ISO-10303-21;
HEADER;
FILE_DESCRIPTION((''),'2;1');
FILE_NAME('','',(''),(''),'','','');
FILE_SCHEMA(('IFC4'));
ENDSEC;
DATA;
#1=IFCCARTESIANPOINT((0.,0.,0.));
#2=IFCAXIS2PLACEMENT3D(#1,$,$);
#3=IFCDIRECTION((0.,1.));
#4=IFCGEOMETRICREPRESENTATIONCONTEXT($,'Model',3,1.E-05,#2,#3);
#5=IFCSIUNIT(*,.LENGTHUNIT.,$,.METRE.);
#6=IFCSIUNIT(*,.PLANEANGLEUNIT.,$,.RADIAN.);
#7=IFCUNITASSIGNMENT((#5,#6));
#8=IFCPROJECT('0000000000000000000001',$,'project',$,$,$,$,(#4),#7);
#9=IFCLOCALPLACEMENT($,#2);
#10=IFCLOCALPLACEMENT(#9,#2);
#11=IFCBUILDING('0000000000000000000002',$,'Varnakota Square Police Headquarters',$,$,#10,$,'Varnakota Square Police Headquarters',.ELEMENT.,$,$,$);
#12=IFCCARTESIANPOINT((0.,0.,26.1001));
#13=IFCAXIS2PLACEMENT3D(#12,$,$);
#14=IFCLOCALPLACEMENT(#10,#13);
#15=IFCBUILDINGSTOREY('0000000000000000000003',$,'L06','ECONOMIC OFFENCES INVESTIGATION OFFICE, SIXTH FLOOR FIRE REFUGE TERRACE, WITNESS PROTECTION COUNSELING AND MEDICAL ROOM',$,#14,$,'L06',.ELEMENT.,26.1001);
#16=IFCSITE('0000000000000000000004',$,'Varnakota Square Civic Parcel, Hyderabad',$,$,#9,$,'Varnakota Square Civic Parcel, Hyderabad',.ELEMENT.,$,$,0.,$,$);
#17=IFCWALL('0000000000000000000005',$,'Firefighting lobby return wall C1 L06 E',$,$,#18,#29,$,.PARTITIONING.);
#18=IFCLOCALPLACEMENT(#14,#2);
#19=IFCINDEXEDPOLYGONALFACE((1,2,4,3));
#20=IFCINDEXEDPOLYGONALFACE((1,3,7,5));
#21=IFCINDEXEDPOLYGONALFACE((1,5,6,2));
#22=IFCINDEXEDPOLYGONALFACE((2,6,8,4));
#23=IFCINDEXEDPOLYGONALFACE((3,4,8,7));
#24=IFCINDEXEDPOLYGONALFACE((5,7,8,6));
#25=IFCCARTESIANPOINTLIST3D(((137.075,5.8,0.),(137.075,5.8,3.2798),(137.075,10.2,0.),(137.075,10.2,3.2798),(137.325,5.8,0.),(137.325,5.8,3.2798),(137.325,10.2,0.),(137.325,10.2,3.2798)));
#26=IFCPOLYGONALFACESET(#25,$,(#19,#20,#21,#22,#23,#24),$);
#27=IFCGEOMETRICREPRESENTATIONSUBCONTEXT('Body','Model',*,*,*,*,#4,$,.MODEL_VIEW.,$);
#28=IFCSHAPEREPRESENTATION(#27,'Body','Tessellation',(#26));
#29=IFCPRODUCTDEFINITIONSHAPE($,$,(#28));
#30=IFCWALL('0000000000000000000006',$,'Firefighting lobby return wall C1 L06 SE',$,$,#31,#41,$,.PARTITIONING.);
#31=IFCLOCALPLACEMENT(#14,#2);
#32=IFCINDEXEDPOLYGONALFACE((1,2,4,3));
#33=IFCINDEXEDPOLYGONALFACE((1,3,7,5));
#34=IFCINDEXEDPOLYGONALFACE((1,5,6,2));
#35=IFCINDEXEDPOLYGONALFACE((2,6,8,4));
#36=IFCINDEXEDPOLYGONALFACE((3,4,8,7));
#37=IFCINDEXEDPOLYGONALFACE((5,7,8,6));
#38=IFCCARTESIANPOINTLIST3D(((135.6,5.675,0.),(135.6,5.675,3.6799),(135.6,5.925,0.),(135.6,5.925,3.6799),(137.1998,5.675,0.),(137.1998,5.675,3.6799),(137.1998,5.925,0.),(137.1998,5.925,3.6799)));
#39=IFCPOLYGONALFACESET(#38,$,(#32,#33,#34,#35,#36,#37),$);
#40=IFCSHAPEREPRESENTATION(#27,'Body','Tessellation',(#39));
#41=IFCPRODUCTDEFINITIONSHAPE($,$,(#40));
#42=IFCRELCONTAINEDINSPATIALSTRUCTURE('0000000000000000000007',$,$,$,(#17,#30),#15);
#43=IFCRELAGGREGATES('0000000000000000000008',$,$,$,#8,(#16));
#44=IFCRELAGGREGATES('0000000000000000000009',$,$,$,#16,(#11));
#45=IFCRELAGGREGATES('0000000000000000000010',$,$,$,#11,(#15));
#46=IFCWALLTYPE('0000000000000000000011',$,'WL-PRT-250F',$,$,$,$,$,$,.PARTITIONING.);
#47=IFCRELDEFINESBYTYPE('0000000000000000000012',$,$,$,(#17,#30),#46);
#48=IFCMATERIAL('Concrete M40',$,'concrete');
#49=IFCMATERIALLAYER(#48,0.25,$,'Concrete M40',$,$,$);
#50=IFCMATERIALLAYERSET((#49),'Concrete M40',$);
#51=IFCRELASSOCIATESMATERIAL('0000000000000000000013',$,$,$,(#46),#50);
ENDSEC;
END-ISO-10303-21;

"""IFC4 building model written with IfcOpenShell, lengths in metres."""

from ifc_helpers import new_model, si_unit, direction, frame, frame_2d, origin, place, context, subcontext, project, spatial, rectangle, extrude, material, layer, layer_set, type_object, element, save


model = new_model("IFC4")

# Units and contexts
model_context = context("Model", 3, precision=1e-05, world=origin(), true_north=direction((0.0, 1.0)))
body_context = subcontext(model_context, "Body", "Model", "MODEL_VIEW")
ifc_project = project(units=[si_unit("LENGTHUNIT", "METRE"), si_unit("PLANEANGLEUNIT", "RADIAN")], contexts=[model_context])

# Site, building, storey
site_placement = place(None, origin())
site = spatial("IfcSite", under=ifc_project, at=site_placement, Name="Varnakota Square Civic Parcel, Hyderabad", LongName="Varnakota Square Civic Parcel, Hyderabad", CompositionType="ELEMENT", RefElevation=0.0)
building_placement = place(site_placement, origin())
building = spatial("IfcBuilding", under=site, at=building_placement, Name="Varnakota Square Police Headquarters", LongName="Varnakota Square Police Headquarters", CompositionType="ELEMENT")
storey_placement = place(building_placement, frame((0.0, 0.0, 26.1001)))
storey = spatial("IfcBuildingStorey", under=building, at=storey_placement, Name="L06", Description="ECONOMIC OFFENCES INVESTIGATION OFFICE, SIXTH FLOOR FIRE REFUGE TERRACE, WITNESS PROTECTION COUNSELING AND MEDICAL ROOM", LongName="L06", CompositionType="ELEMENT", Elevation=26.1001)

# Shared definitions
ifc_material_1 = material(Name="Concrete M40", Category="concrete")

# Walls
ifc_layer_1 = layer(ifc_material_1, 0.25, Name="Concrete M40")
ifc_layer_set_1 = layer_set([ifc_layer_1], Name="Concrete M40")
wall_type_1 = type_object("IfcWallType", Name="WL-PRT-250F", PredefinedType="PARTITIONING", material=ifc_layer_set_1)
wall_1_placement = place(storey_placement, frame((137.2, 5.8, 0.0), z_axis=(0.0, 0.0, 1.0), x_axis=(0.0, 1.0, 0.0)))
element("IfcWall", 1, at=wall_1_placement, inside=storey, type_object=wall_type_1, Name="Firefighting lobby return wall C1 L06 E", PredefinedType="PARTITIONING", context=body_context, shape_type="SweptSolid", body=[
    extrude(rectangle(XDim=4.3999, YDim=0.25, at=frame_2d((2.2, 0.0))), origin(), (0.0, 0.0, 1.0), 3.2798),
])
wall_2_placement = place(storey_placement, frame((135.6001, 5.8, 0.0), z_axis=(0.0, 0.0, 1.0), x_axis=(1.0, 0.0, 0.0)))
element("IfcWall", 2, at=wall_2_placement, inside=storey, type_object=wall_type_1, Name="Firefighting lobby return wall C1 L06 SE", PredefinedType="PARTITIONING", context=body_context, shape_type="SweptSolid", body=[
    extrude(rectangle(XDim=1.5999, YDim=0.25, at=frame_2d((0.7998, 0.0))), origin(), (0.0, 0.0, 1.0), 3.6799),
])

save(model, "model.ifc")
